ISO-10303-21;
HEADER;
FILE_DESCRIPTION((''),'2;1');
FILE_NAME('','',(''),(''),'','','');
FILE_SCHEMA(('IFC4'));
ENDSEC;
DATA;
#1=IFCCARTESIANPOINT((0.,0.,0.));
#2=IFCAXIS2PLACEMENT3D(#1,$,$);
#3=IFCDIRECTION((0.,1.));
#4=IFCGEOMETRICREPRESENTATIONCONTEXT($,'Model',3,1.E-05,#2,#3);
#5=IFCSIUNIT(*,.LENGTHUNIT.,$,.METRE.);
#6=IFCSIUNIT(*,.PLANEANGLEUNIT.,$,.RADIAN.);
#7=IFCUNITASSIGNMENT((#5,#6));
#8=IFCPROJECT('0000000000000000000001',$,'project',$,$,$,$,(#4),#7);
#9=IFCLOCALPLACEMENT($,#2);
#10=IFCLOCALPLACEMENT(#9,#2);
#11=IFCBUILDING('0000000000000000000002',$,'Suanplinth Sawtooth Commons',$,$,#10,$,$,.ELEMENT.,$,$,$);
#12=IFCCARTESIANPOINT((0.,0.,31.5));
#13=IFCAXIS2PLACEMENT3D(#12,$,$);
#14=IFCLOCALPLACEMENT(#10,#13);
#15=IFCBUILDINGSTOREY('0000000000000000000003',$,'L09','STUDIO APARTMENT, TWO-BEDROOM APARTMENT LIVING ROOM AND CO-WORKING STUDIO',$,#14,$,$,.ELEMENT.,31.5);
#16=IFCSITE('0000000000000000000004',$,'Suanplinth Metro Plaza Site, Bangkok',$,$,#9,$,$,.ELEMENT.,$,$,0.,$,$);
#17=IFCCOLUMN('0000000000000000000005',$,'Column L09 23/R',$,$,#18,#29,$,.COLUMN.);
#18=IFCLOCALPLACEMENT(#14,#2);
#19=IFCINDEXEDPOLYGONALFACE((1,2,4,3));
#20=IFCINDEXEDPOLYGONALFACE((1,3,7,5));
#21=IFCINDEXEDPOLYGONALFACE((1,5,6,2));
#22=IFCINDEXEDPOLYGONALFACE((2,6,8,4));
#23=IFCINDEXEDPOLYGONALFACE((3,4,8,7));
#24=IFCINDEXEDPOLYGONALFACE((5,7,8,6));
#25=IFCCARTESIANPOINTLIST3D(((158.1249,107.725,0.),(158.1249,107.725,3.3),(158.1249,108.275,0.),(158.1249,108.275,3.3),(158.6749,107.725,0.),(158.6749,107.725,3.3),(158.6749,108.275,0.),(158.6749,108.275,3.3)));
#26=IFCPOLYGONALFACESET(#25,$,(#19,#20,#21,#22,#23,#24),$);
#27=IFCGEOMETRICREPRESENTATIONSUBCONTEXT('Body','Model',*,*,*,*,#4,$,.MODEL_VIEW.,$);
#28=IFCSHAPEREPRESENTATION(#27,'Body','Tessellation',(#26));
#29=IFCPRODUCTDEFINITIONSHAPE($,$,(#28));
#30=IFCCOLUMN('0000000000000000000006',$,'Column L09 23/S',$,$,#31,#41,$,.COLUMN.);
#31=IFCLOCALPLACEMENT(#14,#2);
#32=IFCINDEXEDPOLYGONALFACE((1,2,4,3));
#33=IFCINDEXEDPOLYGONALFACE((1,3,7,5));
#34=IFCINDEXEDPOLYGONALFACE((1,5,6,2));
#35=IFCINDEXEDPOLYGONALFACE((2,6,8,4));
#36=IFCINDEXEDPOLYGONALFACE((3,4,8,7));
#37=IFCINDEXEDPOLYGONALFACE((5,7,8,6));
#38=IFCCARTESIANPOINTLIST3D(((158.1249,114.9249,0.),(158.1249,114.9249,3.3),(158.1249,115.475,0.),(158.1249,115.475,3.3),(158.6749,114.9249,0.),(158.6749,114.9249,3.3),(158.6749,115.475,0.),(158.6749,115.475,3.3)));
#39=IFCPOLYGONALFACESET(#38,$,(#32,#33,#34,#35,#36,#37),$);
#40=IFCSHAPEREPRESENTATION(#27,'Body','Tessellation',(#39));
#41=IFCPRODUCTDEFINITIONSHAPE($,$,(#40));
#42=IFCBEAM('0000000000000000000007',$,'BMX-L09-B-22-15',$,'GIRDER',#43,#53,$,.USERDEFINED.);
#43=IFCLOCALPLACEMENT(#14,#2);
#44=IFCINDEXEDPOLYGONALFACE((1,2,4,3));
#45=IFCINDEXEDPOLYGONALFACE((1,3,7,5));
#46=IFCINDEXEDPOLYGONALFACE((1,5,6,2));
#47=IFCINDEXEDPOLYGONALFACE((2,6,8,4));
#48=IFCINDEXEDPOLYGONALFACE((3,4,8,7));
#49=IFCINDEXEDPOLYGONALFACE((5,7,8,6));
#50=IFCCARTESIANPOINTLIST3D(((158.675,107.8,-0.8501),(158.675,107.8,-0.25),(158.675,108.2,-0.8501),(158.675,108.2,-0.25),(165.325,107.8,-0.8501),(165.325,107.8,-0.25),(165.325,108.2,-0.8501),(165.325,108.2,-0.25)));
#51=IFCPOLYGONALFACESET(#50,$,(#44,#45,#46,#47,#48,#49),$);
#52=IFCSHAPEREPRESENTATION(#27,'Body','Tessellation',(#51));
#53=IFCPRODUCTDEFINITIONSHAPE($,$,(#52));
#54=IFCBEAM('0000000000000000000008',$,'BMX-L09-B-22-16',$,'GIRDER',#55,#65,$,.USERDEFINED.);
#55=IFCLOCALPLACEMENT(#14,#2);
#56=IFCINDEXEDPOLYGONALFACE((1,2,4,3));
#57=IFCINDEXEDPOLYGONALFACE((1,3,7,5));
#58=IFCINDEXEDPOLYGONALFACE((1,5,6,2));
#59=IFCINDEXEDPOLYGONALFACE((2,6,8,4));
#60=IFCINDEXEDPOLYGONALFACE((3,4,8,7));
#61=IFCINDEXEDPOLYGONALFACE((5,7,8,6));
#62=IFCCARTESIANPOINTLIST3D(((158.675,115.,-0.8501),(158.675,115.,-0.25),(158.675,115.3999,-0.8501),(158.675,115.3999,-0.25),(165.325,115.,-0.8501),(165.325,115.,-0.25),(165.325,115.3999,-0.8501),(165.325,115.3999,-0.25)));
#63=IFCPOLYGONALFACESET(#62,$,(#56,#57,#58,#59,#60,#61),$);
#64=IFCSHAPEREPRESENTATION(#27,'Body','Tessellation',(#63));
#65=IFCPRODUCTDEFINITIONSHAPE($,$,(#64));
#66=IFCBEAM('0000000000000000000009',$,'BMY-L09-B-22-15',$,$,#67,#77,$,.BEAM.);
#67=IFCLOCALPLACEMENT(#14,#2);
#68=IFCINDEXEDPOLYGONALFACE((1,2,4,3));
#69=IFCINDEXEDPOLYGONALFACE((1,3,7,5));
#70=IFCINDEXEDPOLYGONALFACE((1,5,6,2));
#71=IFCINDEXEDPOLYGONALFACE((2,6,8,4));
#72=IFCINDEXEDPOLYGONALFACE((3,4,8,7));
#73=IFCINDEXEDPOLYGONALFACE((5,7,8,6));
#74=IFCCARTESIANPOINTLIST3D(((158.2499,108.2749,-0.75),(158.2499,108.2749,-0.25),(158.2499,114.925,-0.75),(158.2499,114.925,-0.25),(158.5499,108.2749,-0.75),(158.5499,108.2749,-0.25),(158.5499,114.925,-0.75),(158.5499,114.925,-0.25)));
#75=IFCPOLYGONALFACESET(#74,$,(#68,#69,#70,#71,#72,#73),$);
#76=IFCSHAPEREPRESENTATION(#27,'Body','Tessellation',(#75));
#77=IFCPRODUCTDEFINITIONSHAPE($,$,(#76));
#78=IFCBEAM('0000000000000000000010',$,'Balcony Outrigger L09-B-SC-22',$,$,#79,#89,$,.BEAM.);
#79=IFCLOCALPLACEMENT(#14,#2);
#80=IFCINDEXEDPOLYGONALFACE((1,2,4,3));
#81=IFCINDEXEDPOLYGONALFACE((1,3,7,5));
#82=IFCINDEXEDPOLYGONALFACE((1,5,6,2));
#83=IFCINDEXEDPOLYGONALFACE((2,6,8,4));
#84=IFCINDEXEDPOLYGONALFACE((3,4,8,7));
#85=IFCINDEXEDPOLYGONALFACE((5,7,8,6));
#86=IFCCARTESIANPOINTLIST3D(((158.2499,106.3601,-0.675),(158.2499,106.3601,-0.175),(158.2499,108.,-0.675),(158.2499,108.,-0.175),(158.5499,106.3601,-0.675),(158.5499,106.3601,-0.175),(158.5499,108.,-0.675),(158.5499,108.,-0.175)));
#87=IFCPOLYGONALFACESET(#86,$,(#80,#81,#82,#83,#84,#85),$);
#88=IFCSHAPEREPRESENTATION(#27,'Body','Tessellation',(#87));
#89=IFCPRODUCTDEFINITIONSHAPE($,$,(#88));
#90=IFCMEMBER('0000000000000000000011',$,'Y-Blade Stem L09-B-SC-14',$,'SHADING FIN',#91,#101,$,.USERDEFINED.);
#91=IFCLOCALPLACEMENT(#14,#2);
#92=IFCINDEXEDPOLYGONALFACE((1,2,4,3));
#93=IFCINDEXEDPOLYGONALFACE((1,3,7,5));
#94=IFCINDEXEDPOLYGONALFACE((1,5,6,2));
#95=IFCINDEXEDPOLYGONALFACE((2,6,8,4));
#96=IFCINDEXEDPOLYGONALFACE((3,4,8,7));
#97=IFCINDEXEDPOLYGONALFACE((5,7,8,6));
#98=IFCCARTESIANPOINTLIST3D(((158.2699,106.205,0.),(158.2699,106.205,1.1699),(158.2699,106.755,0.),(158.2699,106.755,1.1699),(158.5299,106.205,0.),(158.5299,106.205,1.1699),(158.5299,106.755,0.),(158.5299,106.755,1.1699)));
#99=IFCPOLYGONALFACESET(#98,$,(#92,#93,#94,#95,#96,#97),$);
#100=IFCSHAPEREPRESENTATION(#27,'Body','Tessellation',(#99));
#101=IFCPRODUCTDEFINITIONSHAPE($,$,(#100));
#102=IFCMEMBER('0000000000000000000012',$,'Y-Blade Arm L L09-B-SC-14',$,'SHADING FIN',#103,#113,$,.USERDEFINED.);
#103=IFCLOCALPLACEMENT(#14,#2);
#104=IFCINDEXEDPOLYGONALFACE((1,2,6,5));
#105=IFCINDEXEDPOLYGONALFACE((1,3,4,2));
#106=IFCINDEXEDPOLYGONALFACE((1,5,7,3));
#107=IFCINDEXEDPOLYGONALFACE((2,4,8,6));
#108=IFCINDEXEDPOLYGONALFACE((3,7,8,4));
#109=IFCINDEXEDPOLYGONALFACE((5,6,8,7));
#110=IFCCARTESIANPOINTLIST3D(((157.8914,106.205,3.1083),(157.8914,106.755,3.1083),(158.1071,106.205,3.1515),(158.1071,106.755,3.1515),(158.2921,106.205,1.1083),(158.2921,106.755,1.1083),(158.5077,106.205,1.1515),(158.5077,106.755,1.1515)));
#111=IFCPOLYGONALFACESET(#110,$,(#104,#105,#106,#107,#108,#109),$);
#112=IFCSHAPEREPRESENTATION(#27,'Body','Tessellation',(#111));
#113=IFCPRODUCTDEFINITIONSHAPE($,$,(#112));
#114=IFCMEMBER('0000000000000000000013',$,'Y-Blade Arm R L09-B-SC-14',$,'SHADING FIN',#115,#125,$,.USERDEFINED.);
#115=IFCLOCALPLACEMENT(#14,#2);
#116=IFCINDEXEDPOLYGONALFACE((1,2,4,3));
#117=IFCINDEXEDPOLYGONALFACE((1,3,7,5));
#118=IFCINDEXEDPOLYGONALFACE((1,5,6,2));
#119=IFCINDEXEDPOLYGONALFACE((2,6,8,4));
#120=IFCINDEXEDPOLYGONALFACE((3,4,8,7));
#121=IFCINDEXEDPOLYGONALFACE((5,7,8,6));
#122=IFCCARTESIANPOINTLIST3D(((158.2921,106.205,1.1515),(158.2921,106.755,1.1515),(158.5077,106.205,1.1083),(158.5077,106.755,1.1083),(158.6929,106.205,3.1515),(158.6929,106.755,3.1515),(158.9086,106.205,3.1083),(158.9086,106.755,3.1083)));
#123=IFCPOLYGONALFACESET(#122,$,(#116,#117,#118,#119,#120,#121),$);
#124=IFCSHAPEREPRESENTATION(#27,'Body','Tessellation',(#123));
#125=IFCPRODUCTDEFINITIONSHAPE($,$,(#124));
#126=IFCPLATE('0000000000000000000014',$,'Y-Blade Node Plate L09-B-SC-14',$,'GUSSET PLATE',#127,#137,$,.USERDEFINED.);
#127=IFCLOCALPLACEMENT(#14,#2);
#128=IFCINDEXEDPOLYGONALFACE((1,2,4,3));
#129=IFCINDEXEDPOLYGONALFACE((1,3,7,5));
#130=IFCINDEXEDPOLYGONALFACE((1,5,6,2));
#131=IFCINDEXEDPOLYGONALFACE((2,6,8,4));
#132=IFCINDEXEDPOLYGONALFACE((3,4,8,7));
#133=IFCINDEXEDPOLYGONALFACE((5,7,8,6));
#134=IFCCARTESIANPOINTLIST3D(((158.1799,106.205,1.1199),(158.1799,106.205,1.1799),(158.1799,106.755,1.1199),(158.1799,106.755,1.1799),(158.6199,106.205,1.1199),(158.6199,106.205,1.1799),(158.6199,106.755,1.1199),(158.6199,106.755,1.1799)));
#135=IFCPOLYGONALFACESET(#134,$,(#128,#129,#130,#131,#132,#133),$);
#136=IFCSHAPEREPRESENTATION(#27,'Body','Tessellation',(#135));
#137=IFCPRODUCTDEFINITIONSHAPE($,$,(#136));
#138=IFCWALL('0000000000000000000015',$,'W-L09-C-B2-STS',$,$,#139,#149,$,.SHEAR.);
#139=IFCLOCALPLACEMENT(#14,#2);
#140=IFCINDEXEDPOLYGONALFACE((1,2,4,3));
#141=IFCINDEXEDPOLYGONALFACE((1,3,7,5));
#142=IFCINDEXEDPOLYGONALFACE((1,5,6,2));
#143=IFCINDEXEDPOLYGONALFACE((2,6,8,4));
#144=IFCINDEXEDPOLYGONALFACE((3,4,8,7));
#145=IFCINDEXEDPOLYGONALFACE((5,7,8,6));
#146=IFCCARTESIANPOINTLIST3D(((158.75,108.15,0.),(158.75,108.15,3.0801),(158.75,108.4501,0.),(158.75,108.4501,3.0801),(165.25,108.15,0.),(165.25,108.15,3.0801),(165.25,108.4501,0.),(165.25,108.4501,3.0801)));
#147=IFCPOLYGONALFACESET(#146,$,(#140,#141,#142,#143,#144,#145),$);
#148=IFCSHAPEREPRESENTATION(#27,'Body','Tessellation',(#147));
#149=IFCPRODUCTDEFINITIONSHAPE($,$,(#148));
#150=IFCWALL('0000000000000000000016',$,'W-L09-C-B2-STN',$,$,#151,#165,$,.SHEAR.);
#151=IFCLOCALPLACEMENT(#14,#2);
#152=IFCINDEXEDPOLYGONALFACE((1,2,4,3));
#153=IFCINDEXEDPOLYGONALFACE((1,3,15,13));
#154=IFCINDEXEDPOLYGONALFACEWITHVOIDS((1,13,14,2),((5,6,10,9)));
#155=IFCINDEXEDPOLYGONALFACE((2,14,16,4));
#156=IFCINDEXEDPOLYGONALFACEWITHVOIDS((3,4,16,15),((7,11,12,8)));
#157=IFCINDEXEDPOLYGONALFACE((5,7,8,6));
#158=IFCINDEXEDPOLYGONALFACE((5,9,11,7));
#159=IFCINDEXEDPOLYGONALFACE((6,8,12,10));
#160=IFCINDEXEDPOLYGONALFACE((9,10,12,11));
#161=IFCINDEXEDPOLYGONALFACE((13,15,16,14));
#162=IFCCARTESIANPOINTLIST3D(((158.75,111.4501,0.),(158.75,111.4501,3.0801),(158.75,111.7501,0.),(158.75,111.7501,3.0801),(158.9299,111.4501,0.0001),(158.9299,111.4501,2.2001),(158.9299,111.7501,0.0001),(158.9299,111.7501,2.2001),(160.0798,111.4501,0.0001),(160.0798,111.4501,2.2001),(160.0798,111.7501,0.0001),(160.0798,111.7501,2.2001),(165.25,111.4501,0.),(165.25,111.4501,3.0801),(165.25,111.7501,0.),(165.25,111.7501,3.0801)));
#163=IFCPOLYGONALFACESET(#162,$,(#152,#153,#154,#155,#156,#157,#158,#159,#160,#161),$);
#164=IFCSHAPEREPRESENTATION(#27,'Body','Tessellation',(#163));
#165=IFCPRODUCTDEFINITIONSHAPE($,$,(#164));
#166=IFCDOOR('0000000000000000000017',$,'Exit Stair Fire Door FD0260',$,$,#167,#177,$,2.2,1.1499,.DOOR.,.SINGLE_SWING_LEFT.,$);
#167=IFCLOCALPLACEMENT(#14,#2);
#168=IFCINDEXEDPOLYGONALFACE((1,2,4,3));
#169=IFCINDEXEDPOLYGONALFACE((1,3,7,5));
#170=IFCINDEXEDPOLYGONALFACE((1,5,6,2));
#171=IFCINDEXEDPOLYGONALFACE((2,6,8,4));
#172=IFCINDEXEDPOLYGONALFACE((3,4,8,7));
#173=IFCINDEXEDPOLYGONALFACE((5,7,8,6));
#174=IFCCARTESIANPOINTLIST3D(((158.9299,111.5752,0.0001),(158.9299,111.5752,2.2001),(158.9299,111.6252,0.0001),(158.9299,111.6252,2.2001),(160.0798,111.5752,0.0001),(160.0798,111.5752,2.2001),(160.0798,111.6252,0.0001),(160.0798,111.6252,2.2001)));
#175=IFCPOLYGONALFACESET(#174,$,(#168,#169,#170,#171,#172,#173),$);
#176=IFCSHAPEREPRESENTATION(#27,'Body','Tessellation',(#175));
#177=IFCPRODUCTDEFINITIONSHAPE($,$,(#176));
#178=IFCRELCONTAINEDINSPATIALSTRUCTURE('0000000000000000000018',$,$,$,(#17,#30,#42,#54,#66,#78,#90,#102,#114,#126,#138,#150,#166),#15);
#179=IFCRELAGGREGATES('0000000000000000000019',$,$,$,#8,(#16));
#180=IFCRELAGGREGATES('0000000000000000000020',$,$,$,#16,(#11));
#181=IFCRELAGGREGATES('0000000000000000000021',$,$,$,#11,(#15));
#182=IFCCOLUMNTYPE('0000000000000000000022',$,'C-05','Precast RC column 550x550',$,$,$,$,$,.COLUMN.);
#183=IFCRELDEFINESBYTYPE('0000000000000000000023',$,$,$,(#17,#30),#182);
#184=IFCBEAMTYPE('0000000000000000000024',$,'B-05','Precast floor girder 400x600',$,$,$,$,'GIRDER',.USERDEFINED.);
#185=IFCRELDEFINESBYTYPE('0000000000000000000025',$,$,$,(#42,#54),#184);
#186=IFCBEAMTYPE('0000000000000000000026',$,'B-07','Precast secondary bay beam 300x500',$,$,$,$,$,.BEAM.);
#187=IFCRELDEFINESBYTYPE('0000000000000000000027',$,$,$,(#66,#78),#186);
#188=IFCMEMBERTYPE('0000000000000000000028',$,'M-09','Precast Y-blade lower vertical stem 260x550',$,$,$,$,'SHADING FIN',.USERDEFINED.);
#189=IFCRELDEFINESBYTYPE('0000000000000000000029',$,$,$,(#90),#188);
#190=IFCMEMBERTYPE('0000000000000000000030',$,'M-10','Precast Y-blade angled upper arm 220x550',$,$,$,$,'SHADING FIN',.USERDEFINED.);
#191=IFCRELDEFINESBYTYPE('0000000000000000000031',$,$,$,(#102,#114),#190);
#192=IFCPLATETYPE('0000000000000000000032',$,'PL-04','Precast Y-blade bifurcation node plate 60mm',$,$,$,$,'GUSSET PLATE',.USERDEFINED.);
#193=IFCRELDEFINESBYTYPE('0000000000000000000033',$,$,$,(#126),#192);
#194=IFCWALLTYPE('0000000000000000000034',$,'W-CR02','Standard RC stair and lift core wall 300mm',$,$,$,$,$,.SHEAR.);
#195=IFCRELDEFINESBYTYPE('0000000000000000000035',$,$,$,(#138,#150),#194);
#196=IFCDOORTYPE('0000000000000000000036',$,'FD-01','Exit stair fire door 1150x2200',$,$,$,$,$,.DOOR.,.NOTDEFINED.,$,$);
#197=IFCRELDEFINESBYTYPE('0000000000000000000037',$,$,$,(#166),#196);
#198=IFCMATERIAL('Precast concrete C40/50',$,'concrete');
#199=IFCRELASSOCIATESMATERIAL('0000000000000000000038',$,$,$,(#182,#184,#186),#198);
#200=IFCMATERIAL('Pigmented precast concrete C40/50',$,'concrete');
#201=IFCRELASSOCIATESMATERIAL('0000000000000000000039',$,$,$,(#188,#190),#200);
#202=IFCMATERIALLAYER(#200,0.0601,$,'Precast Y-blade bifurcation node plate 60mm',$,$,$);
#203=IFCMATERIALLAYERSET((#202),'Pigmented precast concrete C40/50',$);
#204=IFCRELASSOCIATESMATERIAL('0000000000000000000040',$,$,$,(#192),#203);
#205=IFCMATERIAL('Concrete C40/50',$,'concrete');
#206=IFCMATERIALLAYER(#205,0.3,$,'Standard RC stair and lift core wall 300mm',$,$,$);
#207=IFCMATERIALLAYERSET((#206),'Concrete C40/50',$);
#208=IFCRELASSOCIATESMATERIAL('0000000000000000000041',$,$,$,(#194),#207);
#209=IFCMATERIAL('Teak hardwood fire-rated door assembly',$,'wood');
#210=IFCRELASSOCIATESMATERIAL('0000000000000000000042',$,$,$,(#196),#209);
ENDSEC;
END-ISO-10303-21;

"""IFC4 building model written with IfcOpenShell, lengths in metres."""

from ifc_helpers import new_model, si_unit, direction, frame, frame_2d, origin, origin_2d, place, context, subcontext, project, spatial, rectangle, extrude, material, layer, layer_set, material_profile, profile_set, type_object, element, fill, save


model = new_model("IFC4")

# Units and contexts
model_context = context("Model", 3, precision=1e-05, world=origin(), true_north=direction((0.0, 1.0)))
body_context = subcontext(model_context, "Body", "Model", "MODEL_VIEW")
ifc_project = project(units=[si_unit("LENGTHUNIT", "METRE"), si_unit("PLANEANGLEUNIT", "RADIAN")], contexts=[model_context])

# Site, building, storey
site_placement = place(None, origin())
site = spatial("IfcSite", under=ifc_project, at=site_placement, Name="Suanplinth Metro Plaza Site, Bangkok", CompositionType="ELEMENT", RefElevation=0.0)
building_placement = place(site_placement, origin())
building = spatial("IfcBuilding", under=site, at=building_placement, Name="Suanplinth Sawtooth Commons", CompositionType="ELEMENT")
storey_placement = place(building_placement, frame((0.0, 0.0, 31.5)))
storey = spatial("IfcBuildingStorey", under=building, at=storey_placement, Name="L09", Description="STUDIO APARTMENT, TWO-BEDROOM APARTMENT LIVING ROOM AND CO-WORKING STUDIO", CompositionType="ELEMENT", Elevation=31.5)

# Columns
ifc_material_1 = material(Name="Precast concrete C40/50", Category="concrete")
ifc_material_profile_1 = material_profile(ifc_material_1, rectangle(XDim=0.55, YDim=0.55, at=origin_2d()), Name="PC-COL 550x550")
ifc_profile_set_1 = profile_set([ifc_material_profile_1], Name="Precast concrete C40/50")
column_type = type_object("IfcColumnType", Name="C-05", Description="Precast RC column 550x550", PredefinedType="COLUMN", material=ifc_profile_set_1)
for number, where, z_axis, x_axis, name in (
    (1, (158.3999, 108.0, 0.0), (0.0, 0.0, 1.0), (1.0, 0.0, 0.0), "Column L09 23/R"),
    (2, (158.3999, 115.2, 0.0), (0.0, 0.0, 1.0), (1.0, 0.0, 0.0), "Column L09 23/S"),
):
    element("IfcColumn", number, at=place(storey_placement, frame(where, z_axis=z_axis, x_axis=x_axis)), inside=storey, type_object=column_type, Name=name, PredefinedType="COLUMN", context=body_context, shape_type="SweptSolid", body=[
        extrude(rectangle(XDim=0.55, YDim=0.55, at=origin_2d()), origin(), (0.0, 0.0, 1.0), 3.3),
    ])

# Beams
ifc_material_profile_2 = material_profile(ifc_material_1, rectangle(XDim=0.3999, YDim=0.6001, at=origin_2d()), Name="PC-GDR 400x600")
ifc_profile_set_2 = profile_set([ifc_material_profile_2], Name="Precast concrete C40/50")
beam_type_1 = type_object("IfcBeamType", Name="B-05", Description="Precast floor girder 400x600", ElementType="GIRDER", PredefinedType="USERDEFINED", material=ifc_profile_set_2)
for number, where, z_axis, x_axis, name in (
    (3, (158.675, 108.0, -0.55), (1.0, 0.0, 0.0), (0.0, 1.0, 0.0), "BMX-L09-B-22-15"),
    (4, (158.675, 115.2, -0.55), (1.0, 0.0, 0.0), (0.0, 1.0, 0.0), "BMX-L09-B-22-16"),
):
    element("IfcBeam", number, at=place(storey_placement, frame(where, z_axis=z_axis, x_axis=x_axis)), inside=storey, type_object=beam_type_1, Name=name, ObjectType="GIRDER", PredefinedType="USERDEFINED", context=body_context, shape_type="SweptSolid", body=[
        extrude(rectangle(XDim=0.3999, YDim=0.6001, at=origin_2d()), origin(), (0.0, 0.0, 1.0), 6.6499),
    ])
ifc_material_profile_3 = material_profile(ifc_material_1, rectangle(XDim=0.3, YDim=0.5, at=origin_2d()), Name="PC-BM 300x500")
ifc_profile_set_3 = profile_set([ifc_material_profile_3], Name="Precast concrete C40/50")
beam_type_2 = type_object("IfcBeamType", Name="B-07", Description="Precast secondary bay beam 300x500", PredefinedType="BEAM", material=ifc_profile_set_3)
beam_1_placement = place(storey_placement, frame((158.3999, 108.2749, -0.5), z_axis=(0.0, 1.0, 0.0), x_axis=(-1.0, 0.0, 0.0)))
element("IfcBeam", 5, at=beam_1_placement, inside=storey, type_object=beam_type_2, Name="BMY-L09-B-22-15", PredefinedType="BEAM", context=body_context, shape_type="SweptSolid", body=[
    extrude(rectangle(XDim=0.3, YDim=0.5, at=origin_2d()), origin(), (0.0, 0.0, 1.0), 6.6501),
])
beam_2_placement = place(storey_placement, frame((158.3999, 108.0, -0.425), z_axis=(0.0, -1.0, 0.0), x_axis=(1.0, 0.0, 0.0)))
element("IfcBeam", 6, at=beam_2_placement, inside=storey, type_object=beam_type_2, Name="Balcony Outrigger L09-B-SC-22", PredefinedType="BEAM", context=body_context, shape_type="SweptSolid", body=[
    extrude(rectangle(XDim=0.3, YDim=0.5, at=origin_2d()), origin(), (0.0, 0.0, 1.0), 1.6399),
])

# Members
ifc_material_2 = material(Name="Pigmented precast concrete C40/50", Category="concrete")
ifc_material_profile_4 = material_profile(ifc_material_2, rectangle(XDim=0.26, YDim=0.55, at=origin_2d()), Name="PC-FIN 260x550")
ifc_profile_set_4 = profile_set([ifc_material_profile_4], Name="Pigmented precast concrete C40/50")
member_type_1 = type_object("IfcMemberType", Name="M-09", Description="Precast Y-blade lower vertical stem 260x550", ElementType="SHADING FIN", PredefinedType="USERDEFINED", material=ifc_profile_set_4)
member_placement = place(storey_placement, frame((158.3999, 106.48, 0.0), z_axis=(0.0, 0.0, 1.0), x_axis=(1.0, 0.0, 0.0)))
element("IfcMember", 7, at=member_placement, inside=storey, type_object=member_type_1, Name="Y-Blade Stem L09-B-SC-14", ObjectType="SHADING FIN", PredefinedType="USERDEFINED", context=body_context, shape_type="SweptSolid", body=[
    extrude(rectangle(XDim=0.26, YDim=0.55, at=origin_2d()), origin(), (0.0, 0.0, 1.0), 1.1699),
])
ifc_material_profile_5 = material_profile(ifc_material_2, rectangle(XDim=0.22, YDim=0.55, at=origin_2d()), Name="PC-FIN 220x550")
ifc_profile_set_5 = profile_set([ifc_material_profile_5], Name="Pigmented precast concrete C40/50")
member_type_2 = type_object("IfcMemberType", Name="M-10", Description="Precast Y-blade angled upper arm 220x550", ElementType="SHADING FIN", PredefinedType="USERDEFINED", material=ifc_profile_set_5)
for number, where, z_axis, x_axis, name in (
    (8, (158.3999, 106.48, 1.1299), (-0.196415, 0.0, 0.980521), (0.980521, 0.0, 0.196415), "Y-Blade Arm L L09-B-SC-14"),
    (9, (158.3999, 106.48, 1.1299), (0.19653, 0.0, 0.980498), (-0.980498, 0.0, 0.19653), "Y-Blade Arm R L09-B-SC-14"),
):
    element("IfcMember", number, at=place(storey_placement, frame(where, z_axis=z_axis, x_axis=x_axis)), inside=storey, type_object=member_type_2, Name=name, ObjectType="SHADING FIN", PredefinedType="USERDEFINED", context=body_context, shape_type="SweptSolid", body=[
        extrude(rectangle(XDim=0.22, YDim=0.55, at=origin_2d()), origin(), (0.0, 0.0, 1.0), 2.0398),
    ])

# Plate
ifc_layer_1 = layer(ifc_material_2, 0.0601, Name="Precast Y-blade bifurcation node plate 60mm")
ifc_layer_set_1 = layer_set([ifc_layer_1], Name="Pigmented precast concrete C40/50")
plate_type = type_object("IfcPlateType", Name="PL-04", Description="Precast Y-blade bifurcation node plate 60mm", ElementType="GUSSET PLATE", PredefinedType="USERDEFINED", material=ifc_layer_set_1)
plate_placement = place(storey_placement, frame((158.3999, 106.48, 1.1199), z_axis=(0.0, 0.0, 1.0), x_axis=(1.0, 0.0, 0.0)))
element("IfcPlate", 10, at=plate_placement, inside=storey, type_object=plate_type, Name="Y-Blade Node Plate L09-B-SC-14", ObjectType="GUSSET PLATE", PredefinedType="USERDEFINED", context=body_context, shape_type="SweptSolid", body=[
    extrude(rectangle(XDim=0.4399, YDim=0.55, at=origin_2d()), origin(), (0.0, 0.0, 1.0), 0.0601),
])

# Wall
ifc_material_3 = material(Name="Concrete C40/50", Category="concrete")
ifc_layer_2 = layer(ifc_material_3, 0.3, Name="Standard RC stair and lift core wall 300mm")
ifc_layer_set_2 = layer_set([ifc_layer_2], Name="Concrete C40/50")
wall_type_1 = type_object("IfcWallType", Name="W-CR02", Description="Standard RC stair and lift core wall 300mm", PredefinedType="SHEAR", material=ifc_layer_set_2)
wall_1_placement = place(storey_placement, frame((158.75, 108.3, 0.0), z_axis=(0.0, 0.0, 1.0), x_axis=(1.0, 0.0, 0.0)))
element("IfcWall", 11, at=wall_1_placement, inside=storey, type_object=wall_type_1, Name="W-L09-C-B2-STS", PredefinedType="SHEAR", context=body_context, shape_type="SweptSolid", body=[
    extrude(rectangle(XDim=6.5, YDim=0.3, at=frame_2d((3.25, 0.0))), origin(), (0.0, 0.0, 1.0), 3.0801),
])

# Wall, opening, door
wall_2_placement = place(storey_placement, frame((158.75, 111.6001, 0.0), z_axis=(0.0, 0.0, 1.0), x_axis=(1.0, 0.0, 0.0)))
wall_2 = element("IfcWall", 12, at=wall_2_placement, inside=storey, type_object=wall_type_1, Name="W-L09-C-B2-STN", PredefinedType="SHEAR", context=body_context, shape_type="SweptSolid", body=[
    extrude(rectangle(XDim=6.5, YDim=0.3, at=frame_2d((3.25, 0.0))), origin(), (0.0, 0.0, 1.0), 3.0801),
])
opening_1_placement = place(wall_2_placement, frame((0.1799, 0.0, 0.0)))
opening_1 = element("IfcOpeningElement", 13, at=opening_1_placement, cuts=wall_2, PredefinedType="OPENING", context=body_context, shape_type="SweptSolid", body=[
    extrude(rectangle(XDim=1.1499, YDim=2.2, at=frame_2d((0.575, 1.1001))), frame((0.0, 0.165, 0.0), z_axis=(0.0, -1.0, 0.0), x_axis=(1.0, 0.0, 0.0)), (0.0, 0.0, 1.0), 0.3298),
])
ifc_material_4 = material(Name="Teak hardwood fire-rated door assembly", Category="wood")
door_type_1 = type_object("IfcDoorType", Name="FD-01", Description="Exit stair fire door 1150x2200", OperationType="NOTDEFINED", PredefinedType="DOOR", material=ifc_material_4)
door_1_placement = place(opening_1_placement, frame((1.1499, 0.0, 0.0), z_axis=(0.0, 0.0, 1.0), x_axis=(-1.0, 0.0, 0.0)))
door_1 = element("IfcDoor", 14, at=door_1_placement, inside=storey, type_object=door_type_1, Name="Exit Stair Fire Door FD0260", OperationType="SINGLE_SWING_LEFT", OverallHeight=2.2, OverallWidth=1.1499, PredefinedType="DOOR", context=body_context, shape_type="SweptSolid", body=[
    extrude(rectangle(XDim=1.1499, YDim=2.2, at=frame_2d((0.575, 1.1001))), frame((0.0, 0.0249, 0.0), z_axis=(0.0, -1.0, 0.0), x_axis=(1.0, 0.0, 0.0)), (0.0, 0.0, 1.0), 0.05),
])
fill(opening_1, door_1)

save(model, "model.ifc")
